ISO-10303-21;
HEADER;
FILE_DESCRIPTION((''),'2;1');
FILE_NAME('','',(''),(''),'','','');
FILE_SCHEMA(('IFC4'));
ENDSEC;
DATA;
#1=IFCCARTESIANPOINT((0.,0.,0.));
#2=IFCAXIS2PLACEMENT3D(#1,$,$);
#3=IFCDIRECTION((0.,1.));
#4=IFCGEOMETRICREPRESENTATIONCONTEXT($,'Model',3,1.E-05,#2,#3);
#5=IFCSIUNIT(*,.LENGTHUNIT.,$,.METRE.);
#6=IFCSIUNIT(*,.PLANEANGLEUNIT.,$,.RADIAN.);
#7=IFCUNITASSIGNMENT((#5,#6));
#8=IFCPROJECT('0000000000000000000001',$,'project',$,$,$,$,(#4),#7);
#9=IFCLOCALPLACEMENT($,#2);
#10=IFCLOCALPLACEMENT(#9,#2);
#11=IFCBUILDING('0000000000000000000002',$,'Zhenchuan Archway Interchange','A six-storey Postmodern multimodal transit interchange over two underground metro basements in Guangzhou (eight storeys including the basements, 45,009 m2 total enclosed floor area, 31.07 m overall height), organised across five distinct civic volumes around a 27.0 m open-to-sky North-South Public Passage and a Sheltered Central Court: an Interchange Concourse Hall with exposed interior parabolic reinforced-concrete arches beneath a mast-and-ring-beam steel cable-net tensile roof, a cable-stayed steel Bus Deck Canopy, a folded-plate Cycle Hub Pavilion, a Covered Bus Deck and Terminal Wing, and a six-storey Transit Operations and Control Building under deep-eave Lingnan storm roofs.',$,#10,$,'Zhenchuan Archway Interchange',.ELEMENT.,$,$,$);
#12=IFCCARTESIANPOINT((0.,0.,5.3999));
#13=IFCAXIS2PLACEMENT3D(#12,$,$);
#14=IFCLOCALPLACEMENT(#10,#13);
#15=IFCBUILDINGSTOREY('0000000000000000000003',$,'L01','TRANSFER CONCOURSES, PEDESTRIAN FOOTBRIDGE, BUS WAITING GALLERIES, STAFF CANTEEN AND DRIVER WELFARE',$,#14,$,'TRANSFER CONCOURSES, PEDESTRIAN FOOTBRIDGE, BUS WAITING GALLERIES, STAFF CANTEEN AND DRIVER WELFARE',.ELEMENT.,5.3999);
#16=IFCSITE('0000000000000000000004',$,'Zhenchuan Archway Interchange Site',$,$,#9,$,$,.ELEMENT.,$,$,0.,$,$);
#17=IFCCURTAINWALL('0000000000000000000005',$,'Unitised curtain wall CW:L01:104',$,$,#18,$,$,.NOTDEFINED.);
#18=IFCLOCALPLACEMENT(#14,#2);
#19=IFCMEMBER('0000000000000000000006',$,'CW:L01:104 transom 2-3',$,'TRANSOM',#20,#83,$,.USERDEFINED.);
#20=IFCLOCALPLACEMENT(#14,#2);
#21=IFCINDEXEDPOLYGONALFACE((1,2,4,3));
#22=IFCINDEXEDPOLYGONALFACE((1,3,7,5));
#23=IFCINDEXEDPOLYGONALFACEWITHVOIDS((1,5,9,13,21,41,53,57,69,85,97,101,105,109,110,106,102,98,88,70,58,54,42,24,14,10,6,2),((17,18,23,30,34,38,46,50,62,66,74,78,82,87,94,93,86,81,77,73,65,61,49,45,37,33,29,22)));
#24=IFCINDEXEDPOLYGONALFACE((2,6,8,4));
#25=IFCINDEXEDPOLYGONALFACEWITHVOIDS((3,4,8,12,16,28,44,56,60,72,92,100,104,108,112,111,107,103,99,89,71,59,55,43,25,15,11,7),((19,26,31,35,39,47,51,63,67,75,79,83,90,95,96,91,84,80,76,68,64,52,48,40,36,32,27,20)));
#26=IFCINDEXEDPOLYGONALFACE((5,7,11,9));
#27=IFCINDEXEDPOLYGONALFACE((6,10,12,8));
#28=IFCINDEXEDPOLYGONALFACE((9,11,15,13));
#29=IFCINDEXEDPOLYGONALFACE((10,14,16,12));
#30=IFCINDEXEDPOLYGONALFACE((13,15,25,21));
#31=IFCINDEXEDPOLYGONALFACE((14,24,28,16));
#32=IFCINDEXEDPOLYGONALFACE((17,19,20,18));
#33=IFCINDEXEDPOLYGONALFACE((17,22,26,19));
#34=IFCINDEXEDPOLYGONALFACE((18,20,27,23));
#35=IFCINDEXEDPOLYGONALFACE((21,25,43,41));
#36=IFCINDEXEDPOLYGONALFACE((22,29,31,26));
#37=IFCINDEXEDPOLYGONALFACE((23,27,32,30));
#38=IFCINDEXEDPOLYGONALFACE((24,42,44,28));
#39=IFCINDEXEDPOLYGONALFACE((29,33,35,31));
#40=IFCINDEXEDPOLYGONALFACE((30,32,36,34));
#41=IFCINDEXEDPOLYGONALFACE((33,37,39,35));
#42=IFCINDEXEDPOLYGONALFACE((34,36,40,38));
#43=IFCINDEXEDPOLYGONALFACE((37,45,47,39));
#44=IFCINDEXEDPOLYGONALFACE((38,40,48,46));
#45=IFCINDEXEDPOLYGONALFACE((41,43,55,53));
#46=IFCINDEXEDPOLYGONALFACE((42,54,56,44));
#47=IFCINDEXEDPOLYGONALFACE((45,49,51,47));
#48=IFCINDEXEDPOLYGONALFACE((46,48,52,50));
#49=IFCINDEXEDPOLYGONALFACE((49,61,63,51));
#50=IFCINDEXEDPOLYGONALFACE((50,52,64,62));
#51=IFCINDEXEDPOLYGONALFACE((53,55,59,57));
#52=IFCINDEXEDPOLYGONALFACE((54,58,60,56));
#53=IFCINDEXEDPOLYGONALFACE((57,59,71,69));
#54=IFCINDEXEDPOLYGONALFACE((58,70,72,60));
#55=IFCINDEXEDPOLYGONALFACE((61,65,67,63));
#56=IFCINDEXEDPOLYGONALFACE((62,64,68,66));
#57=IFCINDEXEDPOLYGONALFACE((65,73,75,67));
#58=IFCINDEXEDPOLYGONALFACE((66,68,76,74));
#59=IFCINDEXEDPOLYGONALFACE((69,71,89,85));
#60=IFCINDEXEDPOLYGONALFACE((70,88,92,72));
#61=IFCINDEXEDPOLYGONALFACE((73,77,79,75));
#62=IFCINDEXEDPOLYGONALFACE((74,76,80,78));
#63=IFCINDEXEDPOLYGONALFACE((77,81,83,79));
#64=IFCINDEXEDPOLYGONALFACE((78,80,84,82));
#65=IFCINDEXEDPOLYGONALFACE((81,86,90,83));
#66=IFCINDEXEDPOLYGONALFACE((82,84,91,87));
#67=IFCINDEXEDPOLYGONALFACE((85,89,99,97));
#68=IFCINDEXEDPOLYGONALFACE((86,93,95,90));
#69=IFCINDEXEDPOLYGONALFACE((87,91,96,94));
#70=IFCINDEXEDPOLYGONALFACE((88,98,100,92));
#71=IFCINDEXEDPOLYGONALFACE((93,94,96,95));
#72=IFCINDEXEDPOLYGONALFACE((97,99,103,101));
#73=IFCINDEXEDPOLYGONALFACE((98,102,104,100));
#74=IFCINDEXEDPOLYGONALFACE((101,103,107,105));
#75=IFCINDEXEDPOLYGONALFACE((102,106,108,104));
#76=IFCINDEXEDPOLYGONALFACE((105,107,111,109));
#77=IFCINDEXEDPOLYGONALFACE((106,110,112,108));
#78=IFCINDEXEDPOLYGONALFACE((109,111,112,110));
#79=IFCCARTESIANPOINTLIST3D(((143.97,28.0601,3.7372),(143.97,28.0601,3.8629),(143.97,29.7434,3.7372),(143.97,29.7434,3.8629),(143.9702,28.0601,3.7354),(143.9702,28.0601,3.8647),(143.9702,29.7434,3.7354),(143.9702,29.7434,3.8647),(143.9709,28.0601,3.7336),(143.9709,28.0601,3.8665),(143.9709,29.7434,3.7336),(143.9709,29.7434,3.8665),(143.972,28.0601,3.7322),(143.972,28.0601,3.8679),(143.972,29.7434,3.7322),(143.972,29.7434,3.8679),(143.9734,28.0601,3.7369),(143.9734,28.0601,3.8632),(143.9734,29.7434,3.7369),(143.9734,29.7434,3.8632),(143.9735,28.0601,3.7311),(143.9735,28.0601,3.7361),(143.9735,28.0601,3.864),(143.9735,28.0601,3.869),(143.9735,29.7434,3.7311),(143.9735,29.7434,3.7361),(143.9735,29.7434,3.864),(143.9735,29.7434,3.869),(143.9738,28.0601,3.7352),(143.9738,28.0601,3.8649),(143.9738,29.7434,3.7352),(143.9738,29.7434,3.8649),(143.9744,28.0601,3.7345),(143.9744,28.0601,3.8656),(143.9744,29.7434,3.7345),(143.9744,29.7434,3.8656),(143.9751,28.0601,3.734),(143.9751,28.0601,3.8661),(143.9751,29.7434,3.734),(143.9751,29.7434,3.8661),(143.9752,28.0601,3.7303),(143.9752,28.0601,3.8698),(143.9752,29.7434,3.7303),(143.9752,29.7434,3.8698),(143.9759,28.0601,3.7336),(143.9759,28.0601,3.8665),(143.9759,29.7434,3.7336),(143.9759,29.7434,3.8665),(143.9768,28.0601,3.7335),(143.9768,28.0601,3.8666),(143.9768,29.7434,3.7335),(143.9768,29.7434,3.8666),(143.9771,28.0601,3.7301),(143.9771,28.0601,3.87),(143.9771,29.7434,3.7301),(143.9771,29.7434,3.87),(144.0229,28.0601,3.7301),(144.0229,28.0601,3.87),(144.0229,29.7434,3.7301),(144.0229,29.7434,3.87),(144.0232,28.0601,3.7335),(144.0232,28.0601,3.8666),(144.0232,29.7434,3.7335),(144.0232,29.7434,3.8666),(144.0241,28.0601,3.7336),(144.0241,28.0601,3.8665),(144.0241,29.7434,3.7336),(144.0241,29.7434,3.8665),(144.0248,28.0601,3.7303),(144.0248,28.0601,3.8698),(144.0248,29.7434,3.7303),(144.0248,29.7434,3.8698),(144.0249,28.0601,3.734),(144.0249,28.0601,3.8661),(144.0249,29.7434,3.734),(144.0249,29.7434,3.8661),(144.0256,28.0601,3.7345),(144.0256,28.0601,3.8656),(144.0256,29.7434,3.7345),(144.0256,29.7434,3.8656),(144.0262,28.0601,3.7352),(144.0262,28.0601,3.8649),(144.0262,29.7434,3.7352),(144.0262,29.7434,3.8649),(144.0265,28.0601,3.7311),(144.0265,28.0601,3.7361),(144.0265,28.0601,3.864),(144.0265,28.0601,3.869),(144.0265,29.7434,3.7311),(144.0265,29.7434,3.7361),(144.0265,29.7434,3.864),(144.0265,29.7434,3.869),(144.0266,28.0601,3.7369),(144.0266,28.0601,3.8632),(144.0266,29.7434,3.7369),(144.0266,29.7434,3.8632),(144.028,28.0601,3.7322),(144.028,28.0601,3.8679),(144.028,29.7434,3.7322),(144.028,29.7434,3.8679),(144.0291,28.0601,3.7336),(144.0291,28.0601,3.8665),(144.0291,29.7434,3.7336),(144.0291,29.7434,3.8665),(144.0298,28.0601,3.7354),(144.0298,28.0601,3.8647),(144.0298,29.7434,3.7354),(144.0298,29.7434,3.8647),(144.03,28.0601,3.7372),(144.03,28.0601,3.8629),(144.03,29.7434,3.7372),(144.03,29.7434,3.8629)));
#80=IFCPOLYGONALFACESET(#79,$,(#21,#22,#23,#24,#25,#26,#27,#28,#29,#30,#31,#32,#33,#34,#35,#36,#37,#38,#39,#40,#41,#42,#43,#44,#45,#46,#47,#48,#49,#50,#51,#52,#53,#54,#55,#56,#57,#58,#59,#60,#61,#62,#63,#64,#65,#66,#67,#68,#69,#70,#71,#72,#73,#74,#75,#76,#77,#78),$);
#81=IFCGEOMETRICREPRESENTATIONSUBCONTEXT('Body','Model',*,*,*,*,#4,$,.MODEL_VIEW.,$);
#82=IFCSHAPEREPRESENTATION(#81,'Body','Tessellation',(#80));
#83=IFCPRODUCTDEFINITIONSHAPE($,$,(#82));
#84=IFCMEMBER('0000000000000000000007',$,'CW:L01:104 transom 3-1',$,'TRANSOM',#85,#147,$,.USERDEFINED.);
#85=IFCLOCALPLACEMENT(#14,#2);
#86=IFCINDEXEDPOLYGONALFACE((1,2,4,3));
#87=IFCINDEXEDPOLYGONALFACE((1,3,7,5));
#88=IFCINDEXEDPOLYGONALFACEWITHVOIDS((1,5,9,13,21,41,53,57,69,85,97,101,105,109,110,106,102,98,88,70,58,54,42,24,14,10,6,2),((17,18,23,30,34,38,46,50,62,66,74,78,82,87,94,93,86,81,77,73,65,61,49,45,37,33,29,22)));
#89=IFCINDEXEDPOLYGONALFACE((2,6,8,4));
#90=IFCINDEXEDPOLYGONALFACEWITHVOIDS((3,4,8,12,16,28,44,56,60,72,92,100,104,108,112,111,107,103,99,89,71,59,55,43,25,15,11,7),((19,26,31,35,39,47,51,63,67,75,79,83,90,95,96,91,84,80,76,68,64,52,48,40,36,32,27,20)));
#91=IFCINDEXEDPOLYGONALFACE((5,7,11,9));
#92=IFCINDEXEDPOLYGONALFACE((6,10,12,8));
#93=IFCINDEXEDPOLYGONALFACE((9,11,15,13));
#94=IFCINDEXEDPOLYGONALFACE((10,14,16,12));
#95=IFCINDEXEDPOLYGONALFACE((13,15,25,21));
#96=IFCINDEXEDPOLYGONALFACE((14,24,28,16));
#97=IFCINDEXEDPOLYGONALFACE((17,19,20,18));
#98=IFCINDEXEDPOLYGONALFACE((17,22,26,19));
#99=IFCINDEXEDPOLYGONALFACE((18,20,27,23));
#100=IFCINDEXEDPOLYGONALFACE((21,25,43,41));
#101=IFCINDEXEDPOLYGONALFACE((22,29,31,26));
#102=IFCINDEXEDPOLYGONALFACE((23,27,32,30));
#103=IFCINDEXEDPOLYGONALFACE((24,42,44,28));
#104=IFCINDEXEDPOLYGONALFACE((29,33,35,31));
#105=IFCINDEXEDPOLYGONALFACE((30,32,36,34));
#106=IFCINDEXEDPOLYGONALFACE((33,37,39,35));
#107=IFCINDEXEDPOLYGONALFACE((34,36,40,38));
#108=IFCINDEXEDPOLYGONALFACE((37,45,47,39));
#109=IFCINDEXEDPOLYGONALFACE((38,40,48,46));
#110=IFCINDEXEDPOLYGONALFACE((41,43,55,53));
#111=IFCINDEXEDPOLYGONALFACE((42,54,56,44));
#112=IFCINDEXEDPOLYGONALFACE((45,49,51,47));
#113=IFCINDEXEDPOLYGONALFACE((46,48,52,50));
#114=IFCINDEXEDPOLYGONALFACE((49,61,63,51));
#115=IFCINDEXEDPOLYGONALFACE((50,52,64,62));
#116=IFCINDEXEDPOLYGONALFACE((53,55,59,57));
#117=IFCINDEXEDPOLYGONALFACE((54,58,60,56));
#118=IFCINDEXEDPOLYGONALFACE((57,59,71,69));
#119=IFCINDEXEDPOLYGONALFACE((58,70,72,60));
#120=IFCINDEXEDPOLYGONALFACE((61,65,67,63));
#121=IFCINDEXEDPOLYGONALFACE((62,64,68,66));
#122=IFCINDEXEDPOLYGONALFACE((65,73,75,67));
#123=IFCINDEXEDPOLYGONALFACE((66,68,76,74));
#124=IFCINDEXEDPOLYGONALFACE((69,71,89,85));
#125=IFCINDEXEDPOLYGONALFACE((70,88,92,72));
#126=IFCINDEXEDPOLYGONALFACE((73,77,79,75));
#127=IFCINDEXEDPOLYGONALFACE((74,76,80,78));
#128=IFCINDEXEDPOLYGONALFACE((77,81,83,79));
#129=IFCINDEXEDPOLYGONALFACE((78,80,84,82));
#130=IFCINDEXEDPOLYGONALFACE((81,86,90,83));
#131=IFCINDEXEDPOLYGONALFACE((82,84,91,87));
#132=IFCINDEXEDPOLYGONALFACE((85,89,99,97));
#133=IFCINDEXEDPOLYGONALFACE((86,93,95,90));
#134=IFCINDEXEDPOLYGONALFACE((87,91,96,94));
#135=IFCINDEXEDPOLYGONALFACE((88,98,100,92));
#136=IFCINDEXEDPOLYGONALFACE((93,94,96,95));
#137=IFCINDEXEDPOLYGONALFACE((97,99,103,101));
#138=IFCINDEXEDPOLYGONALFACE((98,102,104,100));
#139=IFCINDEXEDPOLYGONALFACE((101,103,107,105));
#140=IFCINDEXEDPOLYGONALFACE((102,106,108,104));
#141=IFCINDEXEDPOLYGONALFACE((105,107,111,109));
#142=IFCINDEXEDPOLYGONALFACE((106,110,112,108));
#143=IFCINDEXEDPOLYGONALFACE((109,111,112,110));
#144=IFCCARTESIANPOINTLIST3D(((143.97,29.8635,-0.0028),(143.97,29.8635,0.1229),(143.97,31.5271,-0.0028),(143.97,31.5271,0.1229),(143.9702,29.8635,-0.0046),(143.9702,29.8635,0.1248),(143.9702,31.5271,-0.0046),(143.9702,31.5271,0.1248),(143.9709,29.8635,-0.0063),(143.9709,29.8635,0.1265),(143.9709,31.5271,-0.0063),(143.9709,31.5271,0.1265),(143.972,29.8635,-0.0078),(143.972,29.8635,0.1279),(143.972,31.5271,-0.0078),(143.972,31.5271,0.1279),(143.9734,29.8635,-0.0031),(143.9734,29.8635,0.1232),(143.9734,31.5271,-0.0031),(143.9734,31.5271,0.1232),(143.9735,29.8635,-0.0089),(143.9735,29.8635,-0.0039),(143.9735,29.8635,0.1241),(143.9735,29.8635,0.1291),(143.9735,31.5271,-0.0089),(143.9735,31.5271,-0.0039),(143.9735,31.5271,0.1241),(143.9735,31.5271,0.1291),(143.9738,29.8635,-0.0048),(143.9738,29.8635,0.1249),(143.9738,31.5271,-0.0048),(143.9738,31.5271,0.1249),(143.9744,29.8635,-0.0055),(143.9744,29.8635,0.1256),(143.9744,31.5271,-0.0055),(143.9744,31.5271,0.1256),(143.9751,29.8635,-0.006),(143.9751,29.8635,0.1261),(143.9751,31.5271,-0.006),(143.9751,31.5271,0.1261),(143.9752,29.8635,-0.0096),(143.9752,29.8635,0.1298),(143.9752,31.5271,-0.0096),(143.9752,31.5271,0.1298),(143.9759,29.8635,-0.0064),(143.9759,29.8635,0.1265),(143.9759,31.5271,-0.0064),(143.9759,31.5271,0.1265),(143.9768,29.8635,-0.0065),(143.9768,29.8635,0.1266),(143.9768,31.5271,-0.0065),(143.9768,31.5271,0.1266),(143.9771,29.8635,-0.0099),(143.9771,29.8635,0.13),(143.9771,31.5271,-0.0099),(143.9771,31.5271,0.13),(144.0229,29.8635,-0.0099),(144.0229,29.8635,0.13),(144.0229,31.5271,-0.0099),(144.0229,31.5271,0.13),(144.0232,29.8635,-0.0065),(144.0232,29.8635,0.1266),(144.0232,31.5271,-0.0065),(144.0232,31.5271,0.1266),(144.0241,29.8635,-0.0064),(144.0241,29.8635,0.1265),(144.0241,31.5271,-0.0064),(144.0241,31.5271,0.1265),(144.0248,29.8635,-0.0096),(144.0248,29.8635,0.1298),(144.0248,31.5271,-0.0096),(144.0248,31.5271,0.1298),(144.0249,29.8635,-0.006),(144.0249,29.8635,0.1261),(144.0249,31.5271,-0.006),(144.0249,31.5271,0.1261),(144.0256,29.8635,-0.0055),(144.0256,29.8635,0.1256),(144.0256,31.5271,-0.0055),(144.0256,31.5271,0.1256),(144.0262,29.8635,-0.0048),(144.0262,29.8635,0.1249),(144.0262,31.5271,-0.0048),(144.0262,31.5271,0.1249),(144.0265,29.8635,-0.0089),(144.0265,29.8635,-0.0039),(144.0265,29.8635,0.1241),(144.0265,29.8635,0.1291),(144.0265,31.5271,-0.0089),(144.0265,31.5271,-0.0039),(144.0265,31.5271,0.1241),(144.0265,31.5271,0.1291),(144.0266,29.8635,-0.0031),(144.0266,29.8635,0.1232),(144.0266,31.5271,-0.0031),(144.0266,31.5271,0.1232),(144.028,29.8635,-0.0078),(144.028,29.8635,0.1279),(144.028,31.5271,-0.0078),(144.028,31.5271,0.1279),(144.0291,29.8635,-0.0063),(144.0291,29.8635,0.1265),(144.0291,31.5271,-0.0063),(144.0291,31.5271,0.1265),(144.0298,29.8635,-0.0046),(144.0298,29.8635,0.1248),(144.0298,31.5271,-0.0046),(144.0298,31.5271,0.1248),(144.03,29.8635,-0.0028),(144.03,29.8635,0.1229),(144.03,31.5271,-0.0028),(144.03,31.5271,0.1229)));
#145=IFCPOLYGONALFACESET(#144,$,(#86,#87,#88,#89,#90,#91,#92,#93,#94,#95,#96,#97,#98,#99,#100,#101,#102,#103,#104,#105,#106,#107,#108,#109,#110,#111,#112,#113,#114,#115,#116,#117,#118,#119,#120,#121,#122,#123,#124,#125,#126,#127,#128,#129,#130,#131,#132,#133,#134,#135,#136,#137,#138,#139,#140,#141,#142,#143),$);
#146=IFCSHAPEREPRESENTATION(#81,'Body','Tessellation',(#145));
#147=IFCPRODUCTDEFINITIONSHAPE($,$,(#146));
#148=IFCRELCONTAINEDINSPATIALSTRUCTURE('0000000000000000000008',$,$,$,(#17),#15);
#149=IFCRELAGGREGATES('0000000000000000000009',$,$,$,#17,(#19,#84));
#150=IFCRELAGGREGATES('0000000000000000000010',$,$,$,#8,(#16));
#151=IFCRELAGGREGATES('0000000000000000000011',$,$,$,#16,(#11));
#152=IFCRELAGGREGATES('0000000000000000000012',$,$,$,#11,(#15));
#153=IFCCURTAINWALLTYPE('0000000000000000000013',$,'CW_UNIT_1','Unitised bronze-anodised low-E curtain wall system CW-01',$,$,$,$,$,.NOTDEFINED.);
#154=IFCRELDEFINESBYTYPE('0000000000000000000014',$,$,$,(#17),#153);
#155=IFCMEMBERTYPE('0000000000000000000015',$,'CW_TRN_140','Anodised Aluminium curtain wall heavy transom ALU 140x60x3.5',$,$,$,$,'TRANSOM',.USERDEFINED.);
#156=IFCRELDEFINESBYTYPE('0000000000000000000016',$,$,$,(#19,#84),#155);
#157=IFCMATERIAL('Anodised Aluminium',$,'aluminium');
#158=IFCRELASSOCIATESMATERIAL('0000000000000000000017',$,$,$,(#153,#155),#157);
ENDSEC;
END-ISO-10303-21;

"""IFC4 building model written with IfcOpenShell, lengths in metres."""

from ifc_helpers import new_model, si_unit, direction, frame, origin, origin_2d, place, context, subcontext, project, spatial, hollow_rectangle, extrude, material, material_profile, profile_set, type_object, element, aggregate, save


model = new_model("IFC4")

# Units and contexts
model_context = context("Model", 3, precision=1e-05, world=origin(), true_north=direction((0.0, 1.0)))
body_context = subcontext(model_context, "Body", "Model", "MODEL_VIEW")
ifc_project = project(units=[si_unit("LENGTHUNIT", "METRE"), si_unit("PLANEANGLEUNIT", "RADIAN")], contexts=[model_context])

# Site, building, storey
site_placement = place(None, origin())
site = spatial("IfcSite", under=ifc_project, at=site_placement, Name="Zhenchuan Archway Interchange Site", CompositionType="ELEMENT", RefElevation=0.0)
building_placement = place(site_placement, origin())
building = spatial("IfcBuilding", under=site, at=building_placement, Name="Zhenchuan Archway Interchange", Description="A six-storey Postmodern multimodal transit interchange over two underground metro basements in Guangzhou (eight storeys including the basements, 45,009 m2 total enclosed floor area, 31.07 m overall height), organised across five distinct civic volumes around a 27.0 m open-to-sky North-South Public Passage and a Sheltered Central Court: an Interchange Concourse Hall with exposed interior parabolic reinforced-concrete arches beneath a mast-and-ring-beam steel cable-net tensile roof, a cable-stayed steel Bus Deck Canopy, a folded-plate Cycle Hub Pavilion, a Covered Bus Deck and Terminal Wing, and a six-storey Transit Operations and Control Building under deep-eave Lingnan storm roofs.", LongName="Zhenchuan Archway Interchange", CompositionType="ELEMENT")
storey_placement = place(building_placement, frame((0.0, 0.0, 5.3999)))
storey = spatial("IfcBuildingStorey", under=building, at=storey_placement, Name="L01", Description="TRANSFER CONCOURSES, PEDESTRIAN FOOTBRIDGE, BUS WAITING GALLERIES, STAFF CANTEEN AND DRIVER WELFARE", LongName="TRANSFER CONCOURSES, PEDESTRIAN FOOTBRIDGE, BUS WAITING GALLERIES, STAFF CANTEEN AND DRIVER WELFARE", CompositionType="ELEMENT", Elevation=5.3999)

# Curtain wall, members
ifc_material_1 = material(Name="Anodised Aluminium", Category="aluminium")
curtain_wall_type = type_object("IfcCurtainWallType", Name="CW_UNIT_1", Description="Unitised bronze-anodised low-E curtain wall system CW-01", PredefinedType="NOTDEFINED", material=ifc_material_1)
curtain_wall_placement = place(storey_placement, origin())
curtain_wall = element("IfcCurtainWall", 1, at=curtain_wall_placement, inside=storey, type_object=curtain_wall_type, Name="Unitised curtain wall CW:L01:104", PredefinedType="NOTDEFINED")
ifc_material_profile_1 = material_profile(ifc_material_1, hollow_rectangle(XDim=0.0601, YDim=0.1399, WallThickness=0.0034, InnerFilletRadius=0.0034, OuterFilletRadius=0.0071, at=origin_2d()), Name="ALU 140x60x3.5")
ifc_profile_set_1 = profile_set([ifc_material_profile_1], Name="Anodised Aluminium")
member_type_1 = type_object("IfcMemberType", Name="CW_TRN_140", Description="Anodised Aluminium curtain wall heavy transom ALU 140x60x3.5", ElementType="TRANSOM", PredefinedType="USERDEFINED", material=ifc_profile_set_1)
member_1_placement = place(storey_placement, frame((144.0, 28.0601, 3.8), z_axis=(0.0, 1.0, 0.0), x_axis=(-1.0, 0.0, 0.0)))
member_1 = element("IfcMember", 2, at=member_1_placement, type_object=member_type_1, Name="CW:L01:104 transom 2-3", ObjectType="TRANSOM", PredefinedType="USERDEFINED", context=body_context, shape_type="SweptSolid", body=[
    extrude(hollow_rectangle(XDim=0.0601, YDim=0.1399, WallThickness=0.0034, InnerFilletRadius=0.0034, OuterFilletRadius=0.0071, at=origin_2d()), origin(), (0.0, 0.0, 1.0), 1.6833),
])
member_2_placement = place(storey_placement, frame((144.0, 29.8635, 0.0601), z_axis=(0.0, 1.0, 0.0), x_axis=(-1.0, 0.0, 0.0)))
member_2 = element("IfcMember", 3, at=member_2_placement, type_object=member_type_1, Name="CW:L01:104 transom 3-1", ObjectType="TRANSOM", PredefinedType="USERDEFINED", context=body_context, shape_type="SweptSolid", body=[
    extrude(hollow_rectangle(XDim=0.0601, YDim=0.1399, WallThickness=0.0034, InnerFilletRadius=0.0034, OuterFilletRadius=0.0071, at=origin_2d()), origin(), (0.0, 0.0, 1.0), 1.6636),
])

aggregate(curtain_wall, [member_1, member_2])

save(model, "model.ifc")
